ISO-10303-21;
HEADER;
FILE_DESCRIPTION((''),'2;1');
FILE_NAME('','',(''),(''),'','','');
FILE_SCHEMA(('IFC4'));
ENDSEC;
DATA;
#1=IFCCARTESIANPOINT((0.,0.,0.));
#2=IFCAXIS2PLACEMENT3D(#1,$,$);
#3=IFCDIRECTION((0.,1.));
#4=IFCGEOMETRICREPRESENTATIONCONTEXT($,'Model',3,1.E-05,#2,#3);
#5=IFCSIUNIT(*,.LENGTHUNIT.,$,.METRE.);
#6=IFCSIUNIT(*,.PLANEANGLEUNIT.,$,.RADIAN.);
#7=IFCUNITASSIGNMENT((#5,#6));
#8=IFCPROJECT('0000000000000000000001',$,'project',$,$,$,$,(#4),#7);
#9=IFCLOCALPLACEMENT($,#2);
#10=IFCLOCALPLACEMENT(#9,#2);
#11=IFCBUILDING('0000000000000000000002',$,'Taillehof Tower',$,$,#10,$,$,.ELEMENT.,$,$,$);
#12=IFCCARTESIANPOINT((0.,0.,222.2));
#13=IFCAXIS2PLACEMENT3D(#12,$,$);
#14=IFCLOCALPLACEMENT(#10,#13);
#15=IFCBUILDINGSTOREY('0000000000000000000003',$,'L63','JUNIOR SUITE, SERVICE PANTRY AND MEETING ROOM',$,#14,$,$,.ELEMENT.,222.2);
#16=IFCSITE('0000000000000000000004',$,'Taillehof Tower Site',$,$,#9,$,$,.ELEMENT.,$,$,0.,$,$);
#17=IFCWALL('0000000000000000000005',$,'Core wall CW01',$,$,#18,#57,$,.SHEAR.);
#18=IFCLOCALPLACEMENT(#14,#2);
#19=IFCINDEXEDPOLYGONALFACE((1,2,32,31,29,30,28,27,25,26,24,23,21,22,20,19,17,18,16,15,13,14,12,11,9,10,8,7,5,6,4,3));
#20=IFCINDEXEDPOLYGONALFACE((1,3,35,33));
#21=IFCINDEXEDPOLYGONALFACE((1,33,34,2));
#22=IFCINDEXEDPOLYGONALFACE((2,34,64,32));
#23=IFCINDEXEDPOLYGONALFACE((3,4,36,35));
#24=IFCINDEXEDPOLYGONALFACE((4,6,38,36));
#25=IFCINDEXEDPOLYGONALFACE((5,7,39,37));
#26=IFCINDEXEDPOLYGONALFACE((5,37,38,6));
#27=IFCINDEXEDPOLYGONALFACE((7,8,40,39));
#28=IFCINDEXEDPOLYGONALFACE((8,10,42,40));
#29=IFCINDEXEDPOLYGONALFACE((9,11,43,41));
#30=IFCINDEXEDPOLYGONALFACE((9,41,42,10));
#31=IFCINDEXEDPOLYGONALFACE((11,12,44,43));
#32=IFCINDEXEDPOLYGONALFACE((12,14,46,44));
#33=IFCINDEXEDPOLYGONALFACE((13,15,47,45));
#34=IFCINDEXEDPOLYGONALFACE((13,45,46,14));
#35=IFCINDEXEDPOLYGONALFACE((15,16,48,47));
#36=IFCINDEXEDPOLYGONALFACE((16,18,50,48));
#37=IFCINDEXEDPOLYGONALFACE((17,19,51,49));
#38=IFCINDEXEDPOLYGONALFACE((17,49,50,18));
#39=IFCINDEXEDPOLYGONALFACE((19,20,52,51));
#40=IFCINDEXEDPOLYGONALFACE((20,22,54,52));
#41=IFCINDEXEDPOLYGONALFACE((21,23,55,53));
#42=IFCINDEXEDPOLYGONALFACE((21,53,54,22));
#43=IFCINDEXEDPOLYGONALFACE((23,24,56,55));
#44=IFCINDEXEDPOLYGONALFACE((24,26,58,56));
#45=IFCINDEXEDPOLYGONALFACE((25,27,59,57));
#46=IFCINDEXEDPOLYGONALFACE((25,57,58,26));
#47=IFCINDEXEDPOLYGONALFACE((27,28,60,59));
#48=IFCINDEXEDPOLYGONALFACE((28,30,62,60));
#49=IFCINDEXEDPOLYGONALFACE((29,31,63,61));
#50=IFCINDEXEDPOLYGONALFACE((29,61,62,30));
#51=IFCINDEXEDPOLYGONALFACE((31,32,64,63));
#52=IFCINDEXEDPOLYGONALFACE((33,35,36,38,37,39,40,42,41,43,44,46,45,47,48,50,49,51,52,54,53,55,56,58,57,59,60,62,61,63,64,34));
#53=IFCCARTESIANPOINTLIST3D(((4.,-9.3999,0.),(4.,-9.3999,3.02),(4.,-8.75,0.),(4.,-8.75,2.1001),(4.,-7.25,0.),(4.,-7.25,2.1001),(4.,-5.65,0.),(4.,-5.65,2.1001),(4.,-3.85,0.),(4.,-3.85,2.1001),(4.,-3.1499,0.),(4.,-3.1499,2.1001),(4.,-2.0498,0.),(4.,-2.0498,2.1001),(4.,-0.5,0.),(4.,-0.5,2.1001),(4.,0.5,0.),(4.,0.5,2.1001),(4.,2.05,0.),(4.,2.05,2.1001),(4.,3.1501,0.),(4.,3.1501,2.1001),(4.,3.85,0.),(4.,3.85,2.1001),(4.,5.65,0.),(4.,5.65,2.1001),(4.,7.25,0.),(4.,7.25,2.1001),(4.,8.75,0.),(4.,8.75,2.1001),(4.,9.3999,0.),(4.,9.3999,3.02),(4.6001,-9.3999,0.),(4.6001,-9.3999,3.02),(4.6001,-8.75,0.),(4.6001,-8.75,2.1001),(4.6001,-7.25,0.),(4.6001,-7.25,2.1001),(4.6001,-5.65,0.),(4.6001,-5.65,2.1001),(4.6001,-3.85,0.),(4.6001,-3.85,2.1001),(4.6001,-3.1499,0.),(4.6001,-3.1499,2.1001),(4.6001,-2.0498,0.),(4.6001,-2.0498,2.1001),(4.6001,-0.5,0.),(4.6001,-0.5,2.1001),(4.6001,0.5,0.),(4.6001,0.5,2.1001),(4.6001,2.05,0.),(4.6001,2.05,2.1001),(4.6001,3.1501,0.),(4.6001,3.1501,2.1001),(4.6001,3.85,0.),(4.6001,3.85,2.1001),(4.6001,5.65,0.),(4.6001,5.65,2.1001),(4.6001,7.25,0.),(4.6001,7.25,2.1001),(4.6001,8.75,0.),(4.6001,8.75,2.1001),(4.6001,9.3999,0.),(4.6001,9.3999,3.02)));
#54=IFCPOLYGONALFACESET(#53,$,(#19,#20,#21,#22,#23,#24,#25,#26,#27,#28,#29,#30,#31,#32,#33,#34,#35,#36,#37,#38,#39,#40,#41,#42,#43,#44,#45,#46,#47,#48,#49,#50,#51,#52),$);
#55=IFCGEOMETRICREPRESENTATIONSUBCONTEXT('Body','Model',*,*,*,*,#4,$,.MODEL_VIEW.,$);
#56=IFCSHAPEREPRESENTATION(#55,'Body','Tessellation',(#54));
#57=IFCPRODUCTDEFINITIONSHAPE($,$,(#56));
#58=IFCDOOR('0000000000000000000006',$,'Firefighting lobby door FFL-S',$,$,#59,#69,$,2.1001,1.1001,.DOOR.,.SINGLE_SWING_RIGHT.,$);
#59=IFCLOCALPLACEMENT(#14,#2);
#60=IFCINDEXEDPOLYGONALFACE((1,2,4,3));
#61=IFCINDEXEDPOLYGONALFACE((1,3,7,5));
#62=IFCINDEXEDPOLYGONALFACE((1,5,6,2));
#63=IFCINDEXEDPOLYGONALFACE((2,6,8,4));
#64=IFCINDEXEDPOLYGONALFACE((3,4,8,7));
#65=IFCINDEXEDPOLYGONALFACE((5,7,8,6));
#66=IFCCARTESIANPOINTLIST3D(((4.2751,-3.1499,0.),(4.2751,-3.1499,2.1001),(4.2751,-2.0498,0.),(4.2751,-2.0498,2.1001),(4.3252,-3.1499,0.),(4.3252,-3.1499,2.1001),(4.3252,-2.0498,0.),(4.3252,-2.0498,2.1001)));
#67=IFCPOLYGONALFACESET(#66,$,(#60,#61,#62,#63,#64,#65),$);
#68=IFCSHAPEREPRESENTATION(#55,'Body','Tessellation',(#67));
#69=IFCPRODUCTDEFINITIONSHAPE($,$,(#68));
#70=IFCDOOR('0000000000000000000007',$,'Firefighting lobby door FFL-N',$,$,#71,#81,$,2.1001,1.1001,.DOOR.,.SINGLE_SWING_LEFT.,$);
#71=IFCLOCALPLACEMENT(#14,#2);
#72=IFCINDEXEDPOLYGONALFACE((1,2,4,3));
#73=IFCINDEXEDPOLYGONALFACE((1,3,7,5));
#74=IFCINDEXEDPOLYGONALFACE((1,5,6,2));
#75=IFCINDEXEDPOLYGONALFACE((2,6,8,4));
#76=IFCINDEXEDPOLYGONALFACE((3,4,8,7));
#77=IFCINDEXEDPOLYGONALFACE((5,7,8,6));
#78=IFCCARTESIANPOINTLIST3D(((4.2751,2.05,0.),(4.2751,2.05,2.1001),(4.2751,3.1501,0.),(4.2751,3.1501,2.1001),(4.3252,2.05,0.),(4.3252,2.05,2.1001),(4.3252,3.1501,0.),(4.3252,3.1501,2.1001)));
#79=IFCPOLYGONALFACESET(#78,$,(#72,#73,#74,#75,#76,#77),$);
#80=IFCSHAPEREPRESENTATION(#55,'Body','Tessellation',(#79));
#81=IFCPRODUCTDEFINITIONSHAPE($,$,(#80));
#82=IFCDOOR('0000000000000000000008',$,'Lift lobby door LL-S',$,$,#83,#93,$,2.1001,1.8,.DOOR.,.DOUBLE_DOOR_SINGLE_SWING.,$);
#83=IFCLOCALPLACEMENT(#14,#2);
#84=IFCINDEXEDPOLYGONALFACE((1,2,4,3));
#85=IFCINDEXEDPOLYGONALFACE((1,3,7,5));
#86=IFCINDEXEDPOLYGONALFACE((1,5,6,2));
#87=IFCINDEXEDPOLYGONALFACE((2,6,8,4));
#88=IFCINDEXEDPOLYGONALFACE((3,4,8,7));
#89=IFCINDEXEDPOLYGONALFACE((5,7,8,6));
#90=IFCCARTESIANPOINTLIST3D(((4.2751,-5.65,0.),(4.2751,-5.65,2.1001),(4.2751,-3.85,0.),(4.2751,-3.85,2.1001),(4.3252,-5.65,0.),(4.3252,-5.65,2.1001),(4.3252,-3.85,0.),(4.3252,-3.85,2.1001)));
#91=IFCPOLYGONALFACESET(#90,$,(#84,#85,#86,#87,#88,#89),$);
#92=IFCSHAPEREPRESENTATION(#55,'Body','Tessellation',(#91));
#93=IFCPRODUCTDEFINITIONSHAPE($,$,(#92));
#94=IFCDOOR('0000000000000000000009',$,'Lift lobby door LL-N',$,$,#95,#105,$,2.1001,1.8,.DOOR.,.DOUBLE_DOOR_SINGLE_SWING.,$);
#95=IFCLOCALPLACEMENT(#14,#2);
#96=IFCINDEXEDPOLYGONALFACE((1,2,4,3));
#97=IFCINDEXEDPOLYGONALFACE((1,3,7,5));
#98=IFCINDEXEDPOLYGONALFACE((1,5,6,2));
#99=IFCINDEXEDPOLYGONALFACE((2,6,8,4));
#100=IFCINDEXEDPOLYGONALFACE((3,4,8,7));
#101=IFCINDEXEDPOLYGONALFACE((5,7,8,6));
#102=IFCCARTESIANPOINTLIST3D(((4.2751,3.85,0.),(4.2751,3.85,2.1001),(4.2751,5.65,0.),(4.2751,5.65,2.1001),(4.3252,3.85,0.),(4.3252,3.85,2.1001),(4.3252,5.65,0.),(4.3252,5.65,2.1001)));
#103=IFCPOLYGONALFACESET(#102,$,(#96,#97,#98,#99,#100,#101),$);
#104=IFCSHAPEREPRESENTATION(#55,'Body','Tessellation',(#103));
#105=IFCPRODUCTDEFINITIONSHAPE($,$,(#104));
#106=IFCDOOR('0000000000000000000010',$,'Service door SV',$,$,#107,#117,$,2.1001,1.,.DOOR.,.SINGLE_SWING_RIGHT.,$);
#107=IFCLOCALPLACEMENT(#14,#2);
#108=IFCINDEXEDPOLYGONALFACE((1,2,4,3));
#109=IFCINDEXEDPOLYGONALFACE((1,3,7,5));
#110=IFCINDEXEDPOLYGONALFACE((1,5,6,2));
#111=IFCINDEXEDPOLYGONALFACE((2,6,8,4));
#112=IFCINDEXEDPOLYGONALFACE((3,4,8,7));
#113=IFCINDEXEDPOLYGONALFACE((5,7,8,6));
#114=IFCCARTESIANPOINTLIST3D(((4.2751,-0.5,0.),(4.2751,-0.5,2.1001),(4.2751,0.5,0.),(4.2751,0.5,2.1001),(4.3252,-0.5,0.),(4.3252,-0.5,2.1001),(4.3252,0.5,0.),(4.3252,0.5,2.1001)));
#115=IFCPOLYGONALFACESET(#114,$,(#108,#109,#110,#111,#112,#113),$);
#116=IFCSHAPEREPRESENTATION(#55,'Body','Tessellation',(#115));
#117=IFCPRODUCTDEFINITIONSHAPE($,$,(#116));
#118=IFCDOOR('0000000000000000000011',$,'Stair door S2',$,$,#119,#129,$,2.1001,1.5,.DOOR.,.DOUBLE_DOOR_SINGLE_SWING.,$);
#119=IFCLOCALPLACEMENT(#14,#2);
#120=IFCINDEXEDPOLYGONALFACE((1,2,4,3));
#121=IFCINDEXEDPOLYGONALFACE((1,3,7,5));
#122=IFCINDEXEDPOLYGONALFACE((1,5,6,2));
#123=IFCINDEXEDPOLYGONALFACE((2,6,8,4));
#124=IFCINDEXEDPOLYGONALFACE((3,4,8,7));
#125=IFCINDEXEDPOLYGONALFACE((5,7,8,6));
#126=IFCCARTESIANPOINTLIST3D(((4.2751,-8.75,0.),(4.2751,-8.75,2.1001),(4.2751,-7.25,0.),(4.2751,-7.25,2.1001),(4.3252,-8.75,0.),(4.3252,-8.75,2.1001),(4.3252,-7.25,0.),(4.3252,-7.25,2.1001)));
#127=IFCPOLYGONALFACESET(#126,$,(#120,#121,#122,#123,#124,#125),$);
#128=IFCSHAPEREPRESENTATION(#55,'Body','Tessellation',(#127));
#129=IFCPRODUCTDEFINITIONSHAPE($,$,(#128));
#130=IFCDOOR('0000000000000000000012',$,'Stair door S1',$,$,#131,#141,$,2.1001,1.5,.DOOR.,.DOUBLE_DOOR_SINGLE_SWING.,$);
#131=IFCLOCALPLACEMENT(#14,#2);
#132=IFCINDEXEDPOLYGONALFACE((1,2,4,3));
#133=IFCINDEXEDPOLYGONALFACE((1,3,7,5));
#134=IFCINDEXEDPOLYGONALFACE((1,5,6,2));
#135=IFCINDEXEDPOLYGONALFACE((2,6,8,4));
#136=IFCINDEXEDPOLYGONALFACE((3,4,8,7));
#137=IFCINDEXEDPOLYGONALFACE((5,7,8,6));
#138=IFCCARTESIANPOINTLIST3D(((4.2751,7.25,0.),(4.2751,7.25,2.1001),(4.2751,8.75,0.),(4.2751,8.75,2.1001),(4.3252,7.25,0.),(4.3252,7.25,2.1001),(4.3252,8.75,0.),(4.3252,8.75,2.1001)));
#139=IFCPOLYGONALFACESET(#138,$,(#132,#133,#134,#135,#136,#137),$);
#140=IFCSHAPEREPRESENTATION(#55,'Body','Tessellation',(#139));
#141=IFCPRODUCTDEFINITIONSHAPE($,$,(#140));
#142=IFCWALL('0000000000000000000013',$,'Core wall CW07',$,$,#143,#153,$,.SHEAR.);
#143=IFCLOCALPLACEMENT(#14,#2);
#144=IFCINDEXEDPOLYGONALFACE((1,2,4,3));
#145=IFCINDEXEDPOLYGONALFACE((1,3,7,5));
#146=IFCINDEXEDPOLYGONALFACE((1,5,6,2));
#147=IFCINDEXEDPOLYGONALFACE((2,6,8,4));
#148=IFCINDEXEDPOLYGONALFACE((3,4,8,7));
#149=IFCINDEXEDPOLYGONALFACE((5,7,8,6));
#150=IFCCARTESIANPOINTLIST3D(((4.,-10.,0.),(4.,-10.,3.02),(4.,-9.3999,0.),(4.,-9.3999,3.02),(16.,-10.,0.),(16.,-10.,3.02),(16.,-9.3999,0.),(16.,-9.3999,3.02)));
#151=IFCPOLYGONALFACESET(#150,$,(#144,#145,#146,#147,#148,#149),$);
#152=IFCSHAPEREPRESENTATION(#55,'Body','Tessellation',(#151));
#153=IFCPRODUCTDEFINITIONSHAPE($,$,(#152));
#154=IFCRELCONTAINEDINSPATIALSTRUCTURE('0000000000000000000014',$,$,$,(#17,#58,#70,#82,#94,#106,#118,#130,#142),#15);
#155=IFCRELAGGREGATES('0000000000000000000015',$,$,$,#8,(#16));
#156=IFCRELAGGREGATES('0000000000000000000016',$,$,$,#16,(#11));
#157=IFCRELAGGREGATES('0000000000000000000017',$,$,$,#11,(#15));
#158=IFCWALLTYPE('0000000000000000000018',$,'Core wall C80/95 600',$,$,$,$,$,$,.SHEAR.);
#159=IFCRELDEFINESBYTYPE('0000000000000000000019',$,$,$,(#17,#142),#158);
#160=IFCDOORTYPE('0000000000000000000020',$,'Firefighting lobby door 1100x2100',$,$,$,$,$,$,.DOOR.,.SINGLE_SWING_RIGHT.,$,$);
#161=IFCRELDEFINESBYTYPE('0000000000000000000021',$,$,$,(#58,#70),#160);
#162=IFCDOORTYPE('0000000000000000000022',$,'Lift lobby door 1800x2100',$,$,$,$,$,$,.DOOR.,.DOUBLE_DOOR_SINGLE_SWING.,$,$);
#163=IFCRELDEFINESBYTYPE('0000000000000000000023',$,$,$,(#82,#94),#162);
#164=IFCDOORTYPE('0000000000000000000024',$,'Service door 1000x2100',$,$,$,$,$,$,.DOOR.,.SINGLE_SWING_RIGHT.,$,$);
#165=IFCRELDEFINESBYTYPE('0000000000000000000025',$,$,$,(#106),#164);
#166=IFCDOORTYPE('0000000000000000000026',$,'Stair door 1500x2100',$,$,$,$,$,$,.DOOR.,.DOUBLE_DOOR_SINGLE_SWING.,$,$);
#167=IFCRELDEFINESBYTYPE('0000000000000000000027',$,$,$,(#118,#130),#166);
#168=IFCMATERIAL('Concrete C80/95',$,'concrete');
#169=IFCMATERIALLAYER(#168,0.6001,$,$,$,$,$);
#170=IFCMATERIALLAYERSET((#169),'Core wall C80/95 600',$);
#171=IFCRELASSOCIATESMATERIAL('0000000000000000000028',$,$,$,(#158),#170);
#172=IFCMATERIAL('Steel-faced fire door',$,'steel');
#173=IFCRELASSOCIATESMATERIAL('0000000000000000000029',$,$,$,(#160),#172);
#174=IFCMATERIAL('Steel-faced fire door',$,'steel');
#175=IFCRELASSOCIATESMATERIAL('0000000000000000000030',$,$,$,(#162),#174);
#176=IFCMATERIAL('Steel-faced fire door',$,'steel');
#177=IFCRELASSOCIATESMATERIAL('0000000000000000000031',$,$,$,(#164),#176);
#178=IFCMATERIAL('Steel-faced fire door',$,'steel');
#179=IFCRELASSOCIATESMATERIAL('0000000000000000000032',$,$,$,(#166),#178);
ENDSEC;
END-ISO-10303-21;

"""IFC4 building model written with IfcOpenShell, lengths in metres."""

from ifc_helpers import new_model, si_unit, direction, frame, frame_2d, origin, place, context, subcontext, project, spatial, rectangle, extrude, material, layer, layer_set, type_object, element, fill, save


model = new_model("IFC4")

# Units and contexts
model_context = context("Model", 3, precision=1e-05, world=origin(), true_north=direction((0.0, 1.0)))
body_context = subcontext(model_context, "Body", "Model", "MODEL_VIEW")
ifc_project = project(units=[si_unit("LENGTHUNIT", "METRE"), si_unit("PLANEANGLEUNIT", "RADIAN")], contexts=[model_context])

# Site, building, storey
site_placement = place(None, origin())
site = spatial("IfcSite", under=ifc_project, at=site_placement, Name="Taillehof Tower Site", CompositionType="ELEMENT", RefElevation=0.0)
building_placement = place(site_placement, origin())
building = spatial("IfcBuilding", under=site, at=building_placement, Name="Taillehof Tower", CompositionType="ELEMENT")
storey_placement = place(building_placement, frame((0.0, 0.0, 222.2)))
storey = spatial("IfcBuildingStorey", under=building, at=storey_placement, Name="L63", Description="JUNIOR SUITE, SERVICE PANTRY AND MEETING ROOM", CompositionType="ELEMENT", Elevation=222.2)

# Wall, openings, doors
ifc_material_1 = material(Name="Concrete C80/95", Category="concrete")
ifc_layer_1 = layer(ifc_material_1, 0.6001)
ifc_layer_set_1 = layer_set([ifc_layer_1], Name="Core wall C80/95 600")
wall_type_1 = type_object("IfcWallType", Name="Core wall C80/95 600", PredefinedType="SHEAR", material=ifc_layer_set_1)
wall_1_placement = place(storey_placement, frame((4.3, -9.3999, 0.0), z_axis=(0.0, 0.0, 1.0), x_axis=(0.0, 1.0, 0.0)))
wall_1 = element("IfcWall", 1, at=wall_1_placement, inside=storey, type_object=wall_type_1, Name="Core wall CW01", PredefinedType="SHEAR", context=body_context, shape_type="SweptSolid", body=[
    extrude(rectangle(XDim=18.7998, YDim=0.6001, at=frame_2d((9.3999, 0.0))), origin(), (0.0, 0.0, 1.0), 3.02),
])
opening_1_placement = place(wall_1_placement, frame((0.6499, 0.0, 0.0)))
opening_1 = element("IfcOpeningElement", 2, at=opening_1_placement, cuts=wall_1, PredefinedType="OPENING", context=body_context, shape_type="SweptSolid", body=[
    extrude(rectangle(XDim=1.5, YDim=2.1001, at=frame_2d((0.75, 1.05))), frame((0.0, 0.3101, 0.0), z_axis=(0.0, -1.0, 0.0), x_axis=(1.0, 0.0, 0.0)), (0.0, 0.0, 1.0), 0.6201),
])
opening_2_placement = place(wall_1_placement, frame((3.75, 0.0, 0.0)))
opening_2 = element("IfcOpeningElement", 3, at=opening_2_placement, cuts=wall_1, PredefinedType="OPENING", context=body_context, shape_type="SweptSolid", body=[
    extrude(rectangle(XDim=1.8, YDim=2.1001, at=frame_2d((0.8999, 1.05))), frame((0.0, 0.3101, 0.0), z_axis=(0.0, -1.0, 0.0), x_axis=(1.0, 0.0, 0.0)), (0.0, 0.0, 1.0), 0.6201),
])
opening_3_placement = place(wall_1_placement, frame((6.25, 0.0, 0.0)))
opening_3 = element("IfcOpeningElement", 4, at=opening_3_placement, cuts=wall_1, PredefinedType="OPENING", context=body_context, shape_type="SweptSolid", body=[
    extrude(rectangle(XDim=1.1001, YDim=2.1001, at=frame_2d((0.55, 1.05))), frame((0.0, 0.3101, 0.0), z_axis=(0.0, -1.0, 0.0), x_axis=(1.0, 0.0, 0.0)), (0.0, 0.0, 1.0), 0.6201),
])
opening_4_placement = place(wall_1_placement, frame((8.8999, 0.0, 0.0)))
opening_4 = element("IfcOpeningElement", 5, at=opening_4_placement, cuts=wall_1, PredefinedType="OPENING", context=body_context, shape_type="SweptSolid", body=[
    extrude(rectangle(XDim=1.0, YDim=2.1001, at=frame_2d((0.5, 1.05))), frame((0.0, 0.3101, 0.0), z_axis=(0.0, -1.0, 0.0), x_axis=(1.0, 0.0, 0.0)), (0.0, 0.0, 1.0), 0.6201),
])
opening_5_placement = place(wall_1_placement, frame((11.45, 0.0, 0.0)))
opening_5 = element("IfcOpeningElement", 6, at=opening_5_placement, cuts=wall_1, PredefinedType="OPENING", context=body_context, shape_type="SweptSolid", body=[
    extrude(rectangle(XDim=1.1001, YDim=2.1001, at=frame_2d((0.55, 1.05))), frame((0.0, 0.3101, 0.0), z_axis=(0.0, -1.0, 0.0), x_axis=(1.0, 0.0, 0.0)), (0.0, 0.0, 1.0), 0.6201),
])
opening_6_placement = place(wall_1_placement, frame((13.25, 0.0, 0.0)))
opening_6 = element("IfcOpeningElement", 7, at=opening_6_placement, cuts=wall_1, PredefinedType="OPENING", context=body_context, shape_type="SweptSolid", body=[
    extrude(rectangle(XDim=1.8, YDim=2.1001, at=frame_2d((0.8999, 1.05))), frame((0.0, 0.3101, 0.0), z_axis=(0.0, -1.0, 0.0), x_axis=(1.0, 0.0, 0.0)), (0.0, 0.0, 1.0), 0.6201),
])
opening_7_placement = place(wall_1_placement, frame((16.6499, 0.0, 0.0)))
opening_7 = element("IfcOpeningElement", 8, at=opening_7_placement, cuts=wall_1, PredefinedType="OPENING", context=body_context, shape_type="SweptSolid", body=[
    extrude(rectangle(XDim=1.5, YDim=2.1001, at=frame_2d((0.75, 1.05))), frame((0.0, 0.3101, 0.0), z_axis=(0.0, -1.0, 0.0), x_axis=(1.0, 0.0, 0.0)), (0.0, 0.0, 1.0), 0.6201),
])
ifc_material_2 = material(Name="Steel-faced fire door", Category="steel")
door_type_1 = type_object("IfcDoorType", Name="Firefighting lobby door 1100x2100", OperationType="SINGLE_SWING_RIGHT", PredefinedType="DOOR", material=ifc_material_2)
door_1_placement = place(opening_3_placement, origin())
door_1 = element("IfcDoor", 9, at=door_1_placement, inside=storey, type_object=door_type_1, Name="Firefighting lobby door FFL-S", OperationType="SINGLE_SWING_RIGHT", OverallHeight=2.1001, OverallWidth=1.1001, PredefinedType="DOOR", context=body_context, shape_type="SweptSolid", body=[
    extrude(rectangle(XDim=1.1001, YDim=2.1001, at=frame_2d((0.55, 1.05))), frame((0.0, 0.0249, 0.0), z_axis=(0.0, -1.0, 0.0), x_axis=(1.0, 0.0, 0.0)), (0.0, 0.0, 1.0), 0.05),
])
fill(opening_3, door_1)
door_2_placement = place(opening_5_placement, origin())
door_2 = element("IfcDoor", 10, at=door_2_placement, inside=storey, type_object=door_type_1, Name="Firefighting lobby door FFL-N", OperationType="SINGLE_SWING_LEFT", OverallHeight=2.1001, OverallWidth=1.1001, PredefinedType="DOOR", context=body_context, shape_type="SweptSolid", body=[
    extrude(rectangle(XDim=1.1001, YDim=2.1001, at=frame_2d((0.55, 1.05))), frame((0.0, 0.0249, 0.0), z_axis=(0.0, -1.0, 0.0), x_axis=(1.0, 0.0, 0.0)), (0.0, 0.0, 1.0), 0.05),
])
fill(opening_5, door_2)
ifc_material_3 = material(Name="Steel-faced fire door", Category="steel")
door_type_2 = type_object("IfcDoorType", Name="Lift lobby door 1800x2100", OperationType="DOUBLE_DOOR_SINGLE_SWING", PredefinedType="DOOR", material=ifc_material_3)
door_3_placement = place(opening_2_placement, origin())
door_3 = element("IfcDoor", 11, at=door_3_placement, inside=storey, type_object=door_type_2, Name="Lift lobby door LL-S", OperationType="DOUBLE_DOOR_SINGLE_SWING", OverallHeight=2.1001, OverallWidth=1.8, PredefinedType="DOOR", context=body_context, shape_type="SweptSolid", body=[
    extrude(rectangle(XDim=1.8, YDim=2.1001, at=frame_2d((0.8999, 1.05))), frame((0.0, 0.0249, 0.0), z_axis=(0.0, -1.0, 0.0), x_axis=(1.0, 0.0, 0.0)), (0.0, 0.0, 1.0), 0.05),
])
fill(opening_2, door_3)
door_4_placement = place(opening_6_placement, origin())
door_4 = element("IfcDoor", 12, at=door_4_placement, inside=storey, type_object=door_type_2, Name="Lift lobby door LL-N", OperationType="DOUBLE_DOOR_SINGLE_SWING", OverallHeight=2.1001, OverallWidth=1.8, PredefinedType="DOOR", context=body_context, shape_type="SweptSolid", body=[
    extrude(rectangle(XDim=1.8, YDim=2.1001, at=frame_2d((0.8999, 1.05))), frame((0.0, 0.0249, 0.0), z_axis=(0.0, -1.0, 0.0), x_axis=(1.0, 0.0, 0.0)), (0.0, 0.0, 1.0), 0.05),
])
fill(opening_6, door_4)
ifc_material_4 = material(Name="Steel-faced fire door", Category="steel")
door_type_3 = type_object("IfcDoorType", Name="Service door 1000x2100", OperationType="SINGLE_SWING_RIGHT", PredefinedType="DOOR", material=ifc_material_4)
door_5_placement = place(opening_4_placement, origin())
door_5 = element("IfcDoor", 13, at=door_5_placement, inside=storey, type_object=door_type_3, Name="Service door SV", OperationType="SINGLE_SWING_RIGHT", OverallHeight=2.1001, OverallWidth=1.0, PredefinedType="DOOR", context=body_context, shape_type="SweptSolid", body=[
    extrude(rectangle(XDim=1.0, YDim=2.1001, at=frame_2d((0.5, 1.05))), frame((0.0, 0.0249, 0.0), z_axis=(0.0, -1.0, 0.0), x_axis=(1.0, 0.0, 0.0)), (0.0, 0.0, 1.0), 0.05),
])
fill(opening_4, door_5)
ifc_material_5 = material(Name="Steel-faced fire door", Category="steel")
door_type_4 = type_object("IfcDoorType", Name="Stair door 1500x2100", OperationType="DOUBLE_DOOR_SINGLE_SWING", PredefinedType="DOOR", material=ifc_material_5)
door_6_placement = place(opening_1_placement, origin())
door_6 = element("IfcDoor", 14, at=door_6_placement, inside=storey, type_object=door_type_4, Name="Stair door S2", OperationType="DOUBLE_DOOR_SINGLE_SWING", OverallHeight=2.1001, OverallWidth=1.5, PredefinedType="DOOR", context=body_context, shape_type="SweptSolid", body=[
    extrude(rectangle(XDim=1.5, YDim=2.1001, at=frame_2d((0.75, 1.05))), frame((0.0, 0.0249, 0.0), z_axis=(0.0, -1.0, 0.0), x_axis=(1.0, 0.0, 0.0)), (0.0, 0.0, 1.0), 0.05),
])
fill(opening_1, door_6)
door_7_placement = place(opening_7_placement, origin())
door_7 = element("IfcDoor", 15, at=door_7_placement, inside=storey, type_object=door_type_4, Name="Stair door S1", OperationType="DOUBLE_DOOR_SINGLE_SWING", OverallHeight=2.1001, OverallWidth=1.5, PredefinedType="DOOR", context=body_context, shape_type="SweptSolid", body=[
    extrude(rectangle(XDim=1.5, YDim=2.1001, at=frame_2d((0.75, 1.05))), frame((0.0, 0.0249, 0.0), z_axis=(0.0, -1.0, 0.0), x_axis=(1.0, 0.0, 0.0)), (0.0, 0.0, 1.0), 0.05),
])
fill(opening_7, door_7)

# Wall
wall_2_placement = place(storey_placement, frame((4.0, -9.7, 0.0), z_axis=(0.0, 0.0, 1.0), x_axis=(1.0, 0.0, 0.0)))
element("IfcWall", 16, at=wall_2_placement, inside=storey, type_object=wall_type_1, Name="Core wall CW07", PredefinedType="SHEAR", context=body_context, shape_type="SweptSolid", body=[
    extrude(rectangle(XDim=12.0, YDim=0.6001, at=frame_2d((6.0, 0.0))), origin(), (0.0, 0.0, 1.0), 3.02),
])

save(model, "model.ifc")
